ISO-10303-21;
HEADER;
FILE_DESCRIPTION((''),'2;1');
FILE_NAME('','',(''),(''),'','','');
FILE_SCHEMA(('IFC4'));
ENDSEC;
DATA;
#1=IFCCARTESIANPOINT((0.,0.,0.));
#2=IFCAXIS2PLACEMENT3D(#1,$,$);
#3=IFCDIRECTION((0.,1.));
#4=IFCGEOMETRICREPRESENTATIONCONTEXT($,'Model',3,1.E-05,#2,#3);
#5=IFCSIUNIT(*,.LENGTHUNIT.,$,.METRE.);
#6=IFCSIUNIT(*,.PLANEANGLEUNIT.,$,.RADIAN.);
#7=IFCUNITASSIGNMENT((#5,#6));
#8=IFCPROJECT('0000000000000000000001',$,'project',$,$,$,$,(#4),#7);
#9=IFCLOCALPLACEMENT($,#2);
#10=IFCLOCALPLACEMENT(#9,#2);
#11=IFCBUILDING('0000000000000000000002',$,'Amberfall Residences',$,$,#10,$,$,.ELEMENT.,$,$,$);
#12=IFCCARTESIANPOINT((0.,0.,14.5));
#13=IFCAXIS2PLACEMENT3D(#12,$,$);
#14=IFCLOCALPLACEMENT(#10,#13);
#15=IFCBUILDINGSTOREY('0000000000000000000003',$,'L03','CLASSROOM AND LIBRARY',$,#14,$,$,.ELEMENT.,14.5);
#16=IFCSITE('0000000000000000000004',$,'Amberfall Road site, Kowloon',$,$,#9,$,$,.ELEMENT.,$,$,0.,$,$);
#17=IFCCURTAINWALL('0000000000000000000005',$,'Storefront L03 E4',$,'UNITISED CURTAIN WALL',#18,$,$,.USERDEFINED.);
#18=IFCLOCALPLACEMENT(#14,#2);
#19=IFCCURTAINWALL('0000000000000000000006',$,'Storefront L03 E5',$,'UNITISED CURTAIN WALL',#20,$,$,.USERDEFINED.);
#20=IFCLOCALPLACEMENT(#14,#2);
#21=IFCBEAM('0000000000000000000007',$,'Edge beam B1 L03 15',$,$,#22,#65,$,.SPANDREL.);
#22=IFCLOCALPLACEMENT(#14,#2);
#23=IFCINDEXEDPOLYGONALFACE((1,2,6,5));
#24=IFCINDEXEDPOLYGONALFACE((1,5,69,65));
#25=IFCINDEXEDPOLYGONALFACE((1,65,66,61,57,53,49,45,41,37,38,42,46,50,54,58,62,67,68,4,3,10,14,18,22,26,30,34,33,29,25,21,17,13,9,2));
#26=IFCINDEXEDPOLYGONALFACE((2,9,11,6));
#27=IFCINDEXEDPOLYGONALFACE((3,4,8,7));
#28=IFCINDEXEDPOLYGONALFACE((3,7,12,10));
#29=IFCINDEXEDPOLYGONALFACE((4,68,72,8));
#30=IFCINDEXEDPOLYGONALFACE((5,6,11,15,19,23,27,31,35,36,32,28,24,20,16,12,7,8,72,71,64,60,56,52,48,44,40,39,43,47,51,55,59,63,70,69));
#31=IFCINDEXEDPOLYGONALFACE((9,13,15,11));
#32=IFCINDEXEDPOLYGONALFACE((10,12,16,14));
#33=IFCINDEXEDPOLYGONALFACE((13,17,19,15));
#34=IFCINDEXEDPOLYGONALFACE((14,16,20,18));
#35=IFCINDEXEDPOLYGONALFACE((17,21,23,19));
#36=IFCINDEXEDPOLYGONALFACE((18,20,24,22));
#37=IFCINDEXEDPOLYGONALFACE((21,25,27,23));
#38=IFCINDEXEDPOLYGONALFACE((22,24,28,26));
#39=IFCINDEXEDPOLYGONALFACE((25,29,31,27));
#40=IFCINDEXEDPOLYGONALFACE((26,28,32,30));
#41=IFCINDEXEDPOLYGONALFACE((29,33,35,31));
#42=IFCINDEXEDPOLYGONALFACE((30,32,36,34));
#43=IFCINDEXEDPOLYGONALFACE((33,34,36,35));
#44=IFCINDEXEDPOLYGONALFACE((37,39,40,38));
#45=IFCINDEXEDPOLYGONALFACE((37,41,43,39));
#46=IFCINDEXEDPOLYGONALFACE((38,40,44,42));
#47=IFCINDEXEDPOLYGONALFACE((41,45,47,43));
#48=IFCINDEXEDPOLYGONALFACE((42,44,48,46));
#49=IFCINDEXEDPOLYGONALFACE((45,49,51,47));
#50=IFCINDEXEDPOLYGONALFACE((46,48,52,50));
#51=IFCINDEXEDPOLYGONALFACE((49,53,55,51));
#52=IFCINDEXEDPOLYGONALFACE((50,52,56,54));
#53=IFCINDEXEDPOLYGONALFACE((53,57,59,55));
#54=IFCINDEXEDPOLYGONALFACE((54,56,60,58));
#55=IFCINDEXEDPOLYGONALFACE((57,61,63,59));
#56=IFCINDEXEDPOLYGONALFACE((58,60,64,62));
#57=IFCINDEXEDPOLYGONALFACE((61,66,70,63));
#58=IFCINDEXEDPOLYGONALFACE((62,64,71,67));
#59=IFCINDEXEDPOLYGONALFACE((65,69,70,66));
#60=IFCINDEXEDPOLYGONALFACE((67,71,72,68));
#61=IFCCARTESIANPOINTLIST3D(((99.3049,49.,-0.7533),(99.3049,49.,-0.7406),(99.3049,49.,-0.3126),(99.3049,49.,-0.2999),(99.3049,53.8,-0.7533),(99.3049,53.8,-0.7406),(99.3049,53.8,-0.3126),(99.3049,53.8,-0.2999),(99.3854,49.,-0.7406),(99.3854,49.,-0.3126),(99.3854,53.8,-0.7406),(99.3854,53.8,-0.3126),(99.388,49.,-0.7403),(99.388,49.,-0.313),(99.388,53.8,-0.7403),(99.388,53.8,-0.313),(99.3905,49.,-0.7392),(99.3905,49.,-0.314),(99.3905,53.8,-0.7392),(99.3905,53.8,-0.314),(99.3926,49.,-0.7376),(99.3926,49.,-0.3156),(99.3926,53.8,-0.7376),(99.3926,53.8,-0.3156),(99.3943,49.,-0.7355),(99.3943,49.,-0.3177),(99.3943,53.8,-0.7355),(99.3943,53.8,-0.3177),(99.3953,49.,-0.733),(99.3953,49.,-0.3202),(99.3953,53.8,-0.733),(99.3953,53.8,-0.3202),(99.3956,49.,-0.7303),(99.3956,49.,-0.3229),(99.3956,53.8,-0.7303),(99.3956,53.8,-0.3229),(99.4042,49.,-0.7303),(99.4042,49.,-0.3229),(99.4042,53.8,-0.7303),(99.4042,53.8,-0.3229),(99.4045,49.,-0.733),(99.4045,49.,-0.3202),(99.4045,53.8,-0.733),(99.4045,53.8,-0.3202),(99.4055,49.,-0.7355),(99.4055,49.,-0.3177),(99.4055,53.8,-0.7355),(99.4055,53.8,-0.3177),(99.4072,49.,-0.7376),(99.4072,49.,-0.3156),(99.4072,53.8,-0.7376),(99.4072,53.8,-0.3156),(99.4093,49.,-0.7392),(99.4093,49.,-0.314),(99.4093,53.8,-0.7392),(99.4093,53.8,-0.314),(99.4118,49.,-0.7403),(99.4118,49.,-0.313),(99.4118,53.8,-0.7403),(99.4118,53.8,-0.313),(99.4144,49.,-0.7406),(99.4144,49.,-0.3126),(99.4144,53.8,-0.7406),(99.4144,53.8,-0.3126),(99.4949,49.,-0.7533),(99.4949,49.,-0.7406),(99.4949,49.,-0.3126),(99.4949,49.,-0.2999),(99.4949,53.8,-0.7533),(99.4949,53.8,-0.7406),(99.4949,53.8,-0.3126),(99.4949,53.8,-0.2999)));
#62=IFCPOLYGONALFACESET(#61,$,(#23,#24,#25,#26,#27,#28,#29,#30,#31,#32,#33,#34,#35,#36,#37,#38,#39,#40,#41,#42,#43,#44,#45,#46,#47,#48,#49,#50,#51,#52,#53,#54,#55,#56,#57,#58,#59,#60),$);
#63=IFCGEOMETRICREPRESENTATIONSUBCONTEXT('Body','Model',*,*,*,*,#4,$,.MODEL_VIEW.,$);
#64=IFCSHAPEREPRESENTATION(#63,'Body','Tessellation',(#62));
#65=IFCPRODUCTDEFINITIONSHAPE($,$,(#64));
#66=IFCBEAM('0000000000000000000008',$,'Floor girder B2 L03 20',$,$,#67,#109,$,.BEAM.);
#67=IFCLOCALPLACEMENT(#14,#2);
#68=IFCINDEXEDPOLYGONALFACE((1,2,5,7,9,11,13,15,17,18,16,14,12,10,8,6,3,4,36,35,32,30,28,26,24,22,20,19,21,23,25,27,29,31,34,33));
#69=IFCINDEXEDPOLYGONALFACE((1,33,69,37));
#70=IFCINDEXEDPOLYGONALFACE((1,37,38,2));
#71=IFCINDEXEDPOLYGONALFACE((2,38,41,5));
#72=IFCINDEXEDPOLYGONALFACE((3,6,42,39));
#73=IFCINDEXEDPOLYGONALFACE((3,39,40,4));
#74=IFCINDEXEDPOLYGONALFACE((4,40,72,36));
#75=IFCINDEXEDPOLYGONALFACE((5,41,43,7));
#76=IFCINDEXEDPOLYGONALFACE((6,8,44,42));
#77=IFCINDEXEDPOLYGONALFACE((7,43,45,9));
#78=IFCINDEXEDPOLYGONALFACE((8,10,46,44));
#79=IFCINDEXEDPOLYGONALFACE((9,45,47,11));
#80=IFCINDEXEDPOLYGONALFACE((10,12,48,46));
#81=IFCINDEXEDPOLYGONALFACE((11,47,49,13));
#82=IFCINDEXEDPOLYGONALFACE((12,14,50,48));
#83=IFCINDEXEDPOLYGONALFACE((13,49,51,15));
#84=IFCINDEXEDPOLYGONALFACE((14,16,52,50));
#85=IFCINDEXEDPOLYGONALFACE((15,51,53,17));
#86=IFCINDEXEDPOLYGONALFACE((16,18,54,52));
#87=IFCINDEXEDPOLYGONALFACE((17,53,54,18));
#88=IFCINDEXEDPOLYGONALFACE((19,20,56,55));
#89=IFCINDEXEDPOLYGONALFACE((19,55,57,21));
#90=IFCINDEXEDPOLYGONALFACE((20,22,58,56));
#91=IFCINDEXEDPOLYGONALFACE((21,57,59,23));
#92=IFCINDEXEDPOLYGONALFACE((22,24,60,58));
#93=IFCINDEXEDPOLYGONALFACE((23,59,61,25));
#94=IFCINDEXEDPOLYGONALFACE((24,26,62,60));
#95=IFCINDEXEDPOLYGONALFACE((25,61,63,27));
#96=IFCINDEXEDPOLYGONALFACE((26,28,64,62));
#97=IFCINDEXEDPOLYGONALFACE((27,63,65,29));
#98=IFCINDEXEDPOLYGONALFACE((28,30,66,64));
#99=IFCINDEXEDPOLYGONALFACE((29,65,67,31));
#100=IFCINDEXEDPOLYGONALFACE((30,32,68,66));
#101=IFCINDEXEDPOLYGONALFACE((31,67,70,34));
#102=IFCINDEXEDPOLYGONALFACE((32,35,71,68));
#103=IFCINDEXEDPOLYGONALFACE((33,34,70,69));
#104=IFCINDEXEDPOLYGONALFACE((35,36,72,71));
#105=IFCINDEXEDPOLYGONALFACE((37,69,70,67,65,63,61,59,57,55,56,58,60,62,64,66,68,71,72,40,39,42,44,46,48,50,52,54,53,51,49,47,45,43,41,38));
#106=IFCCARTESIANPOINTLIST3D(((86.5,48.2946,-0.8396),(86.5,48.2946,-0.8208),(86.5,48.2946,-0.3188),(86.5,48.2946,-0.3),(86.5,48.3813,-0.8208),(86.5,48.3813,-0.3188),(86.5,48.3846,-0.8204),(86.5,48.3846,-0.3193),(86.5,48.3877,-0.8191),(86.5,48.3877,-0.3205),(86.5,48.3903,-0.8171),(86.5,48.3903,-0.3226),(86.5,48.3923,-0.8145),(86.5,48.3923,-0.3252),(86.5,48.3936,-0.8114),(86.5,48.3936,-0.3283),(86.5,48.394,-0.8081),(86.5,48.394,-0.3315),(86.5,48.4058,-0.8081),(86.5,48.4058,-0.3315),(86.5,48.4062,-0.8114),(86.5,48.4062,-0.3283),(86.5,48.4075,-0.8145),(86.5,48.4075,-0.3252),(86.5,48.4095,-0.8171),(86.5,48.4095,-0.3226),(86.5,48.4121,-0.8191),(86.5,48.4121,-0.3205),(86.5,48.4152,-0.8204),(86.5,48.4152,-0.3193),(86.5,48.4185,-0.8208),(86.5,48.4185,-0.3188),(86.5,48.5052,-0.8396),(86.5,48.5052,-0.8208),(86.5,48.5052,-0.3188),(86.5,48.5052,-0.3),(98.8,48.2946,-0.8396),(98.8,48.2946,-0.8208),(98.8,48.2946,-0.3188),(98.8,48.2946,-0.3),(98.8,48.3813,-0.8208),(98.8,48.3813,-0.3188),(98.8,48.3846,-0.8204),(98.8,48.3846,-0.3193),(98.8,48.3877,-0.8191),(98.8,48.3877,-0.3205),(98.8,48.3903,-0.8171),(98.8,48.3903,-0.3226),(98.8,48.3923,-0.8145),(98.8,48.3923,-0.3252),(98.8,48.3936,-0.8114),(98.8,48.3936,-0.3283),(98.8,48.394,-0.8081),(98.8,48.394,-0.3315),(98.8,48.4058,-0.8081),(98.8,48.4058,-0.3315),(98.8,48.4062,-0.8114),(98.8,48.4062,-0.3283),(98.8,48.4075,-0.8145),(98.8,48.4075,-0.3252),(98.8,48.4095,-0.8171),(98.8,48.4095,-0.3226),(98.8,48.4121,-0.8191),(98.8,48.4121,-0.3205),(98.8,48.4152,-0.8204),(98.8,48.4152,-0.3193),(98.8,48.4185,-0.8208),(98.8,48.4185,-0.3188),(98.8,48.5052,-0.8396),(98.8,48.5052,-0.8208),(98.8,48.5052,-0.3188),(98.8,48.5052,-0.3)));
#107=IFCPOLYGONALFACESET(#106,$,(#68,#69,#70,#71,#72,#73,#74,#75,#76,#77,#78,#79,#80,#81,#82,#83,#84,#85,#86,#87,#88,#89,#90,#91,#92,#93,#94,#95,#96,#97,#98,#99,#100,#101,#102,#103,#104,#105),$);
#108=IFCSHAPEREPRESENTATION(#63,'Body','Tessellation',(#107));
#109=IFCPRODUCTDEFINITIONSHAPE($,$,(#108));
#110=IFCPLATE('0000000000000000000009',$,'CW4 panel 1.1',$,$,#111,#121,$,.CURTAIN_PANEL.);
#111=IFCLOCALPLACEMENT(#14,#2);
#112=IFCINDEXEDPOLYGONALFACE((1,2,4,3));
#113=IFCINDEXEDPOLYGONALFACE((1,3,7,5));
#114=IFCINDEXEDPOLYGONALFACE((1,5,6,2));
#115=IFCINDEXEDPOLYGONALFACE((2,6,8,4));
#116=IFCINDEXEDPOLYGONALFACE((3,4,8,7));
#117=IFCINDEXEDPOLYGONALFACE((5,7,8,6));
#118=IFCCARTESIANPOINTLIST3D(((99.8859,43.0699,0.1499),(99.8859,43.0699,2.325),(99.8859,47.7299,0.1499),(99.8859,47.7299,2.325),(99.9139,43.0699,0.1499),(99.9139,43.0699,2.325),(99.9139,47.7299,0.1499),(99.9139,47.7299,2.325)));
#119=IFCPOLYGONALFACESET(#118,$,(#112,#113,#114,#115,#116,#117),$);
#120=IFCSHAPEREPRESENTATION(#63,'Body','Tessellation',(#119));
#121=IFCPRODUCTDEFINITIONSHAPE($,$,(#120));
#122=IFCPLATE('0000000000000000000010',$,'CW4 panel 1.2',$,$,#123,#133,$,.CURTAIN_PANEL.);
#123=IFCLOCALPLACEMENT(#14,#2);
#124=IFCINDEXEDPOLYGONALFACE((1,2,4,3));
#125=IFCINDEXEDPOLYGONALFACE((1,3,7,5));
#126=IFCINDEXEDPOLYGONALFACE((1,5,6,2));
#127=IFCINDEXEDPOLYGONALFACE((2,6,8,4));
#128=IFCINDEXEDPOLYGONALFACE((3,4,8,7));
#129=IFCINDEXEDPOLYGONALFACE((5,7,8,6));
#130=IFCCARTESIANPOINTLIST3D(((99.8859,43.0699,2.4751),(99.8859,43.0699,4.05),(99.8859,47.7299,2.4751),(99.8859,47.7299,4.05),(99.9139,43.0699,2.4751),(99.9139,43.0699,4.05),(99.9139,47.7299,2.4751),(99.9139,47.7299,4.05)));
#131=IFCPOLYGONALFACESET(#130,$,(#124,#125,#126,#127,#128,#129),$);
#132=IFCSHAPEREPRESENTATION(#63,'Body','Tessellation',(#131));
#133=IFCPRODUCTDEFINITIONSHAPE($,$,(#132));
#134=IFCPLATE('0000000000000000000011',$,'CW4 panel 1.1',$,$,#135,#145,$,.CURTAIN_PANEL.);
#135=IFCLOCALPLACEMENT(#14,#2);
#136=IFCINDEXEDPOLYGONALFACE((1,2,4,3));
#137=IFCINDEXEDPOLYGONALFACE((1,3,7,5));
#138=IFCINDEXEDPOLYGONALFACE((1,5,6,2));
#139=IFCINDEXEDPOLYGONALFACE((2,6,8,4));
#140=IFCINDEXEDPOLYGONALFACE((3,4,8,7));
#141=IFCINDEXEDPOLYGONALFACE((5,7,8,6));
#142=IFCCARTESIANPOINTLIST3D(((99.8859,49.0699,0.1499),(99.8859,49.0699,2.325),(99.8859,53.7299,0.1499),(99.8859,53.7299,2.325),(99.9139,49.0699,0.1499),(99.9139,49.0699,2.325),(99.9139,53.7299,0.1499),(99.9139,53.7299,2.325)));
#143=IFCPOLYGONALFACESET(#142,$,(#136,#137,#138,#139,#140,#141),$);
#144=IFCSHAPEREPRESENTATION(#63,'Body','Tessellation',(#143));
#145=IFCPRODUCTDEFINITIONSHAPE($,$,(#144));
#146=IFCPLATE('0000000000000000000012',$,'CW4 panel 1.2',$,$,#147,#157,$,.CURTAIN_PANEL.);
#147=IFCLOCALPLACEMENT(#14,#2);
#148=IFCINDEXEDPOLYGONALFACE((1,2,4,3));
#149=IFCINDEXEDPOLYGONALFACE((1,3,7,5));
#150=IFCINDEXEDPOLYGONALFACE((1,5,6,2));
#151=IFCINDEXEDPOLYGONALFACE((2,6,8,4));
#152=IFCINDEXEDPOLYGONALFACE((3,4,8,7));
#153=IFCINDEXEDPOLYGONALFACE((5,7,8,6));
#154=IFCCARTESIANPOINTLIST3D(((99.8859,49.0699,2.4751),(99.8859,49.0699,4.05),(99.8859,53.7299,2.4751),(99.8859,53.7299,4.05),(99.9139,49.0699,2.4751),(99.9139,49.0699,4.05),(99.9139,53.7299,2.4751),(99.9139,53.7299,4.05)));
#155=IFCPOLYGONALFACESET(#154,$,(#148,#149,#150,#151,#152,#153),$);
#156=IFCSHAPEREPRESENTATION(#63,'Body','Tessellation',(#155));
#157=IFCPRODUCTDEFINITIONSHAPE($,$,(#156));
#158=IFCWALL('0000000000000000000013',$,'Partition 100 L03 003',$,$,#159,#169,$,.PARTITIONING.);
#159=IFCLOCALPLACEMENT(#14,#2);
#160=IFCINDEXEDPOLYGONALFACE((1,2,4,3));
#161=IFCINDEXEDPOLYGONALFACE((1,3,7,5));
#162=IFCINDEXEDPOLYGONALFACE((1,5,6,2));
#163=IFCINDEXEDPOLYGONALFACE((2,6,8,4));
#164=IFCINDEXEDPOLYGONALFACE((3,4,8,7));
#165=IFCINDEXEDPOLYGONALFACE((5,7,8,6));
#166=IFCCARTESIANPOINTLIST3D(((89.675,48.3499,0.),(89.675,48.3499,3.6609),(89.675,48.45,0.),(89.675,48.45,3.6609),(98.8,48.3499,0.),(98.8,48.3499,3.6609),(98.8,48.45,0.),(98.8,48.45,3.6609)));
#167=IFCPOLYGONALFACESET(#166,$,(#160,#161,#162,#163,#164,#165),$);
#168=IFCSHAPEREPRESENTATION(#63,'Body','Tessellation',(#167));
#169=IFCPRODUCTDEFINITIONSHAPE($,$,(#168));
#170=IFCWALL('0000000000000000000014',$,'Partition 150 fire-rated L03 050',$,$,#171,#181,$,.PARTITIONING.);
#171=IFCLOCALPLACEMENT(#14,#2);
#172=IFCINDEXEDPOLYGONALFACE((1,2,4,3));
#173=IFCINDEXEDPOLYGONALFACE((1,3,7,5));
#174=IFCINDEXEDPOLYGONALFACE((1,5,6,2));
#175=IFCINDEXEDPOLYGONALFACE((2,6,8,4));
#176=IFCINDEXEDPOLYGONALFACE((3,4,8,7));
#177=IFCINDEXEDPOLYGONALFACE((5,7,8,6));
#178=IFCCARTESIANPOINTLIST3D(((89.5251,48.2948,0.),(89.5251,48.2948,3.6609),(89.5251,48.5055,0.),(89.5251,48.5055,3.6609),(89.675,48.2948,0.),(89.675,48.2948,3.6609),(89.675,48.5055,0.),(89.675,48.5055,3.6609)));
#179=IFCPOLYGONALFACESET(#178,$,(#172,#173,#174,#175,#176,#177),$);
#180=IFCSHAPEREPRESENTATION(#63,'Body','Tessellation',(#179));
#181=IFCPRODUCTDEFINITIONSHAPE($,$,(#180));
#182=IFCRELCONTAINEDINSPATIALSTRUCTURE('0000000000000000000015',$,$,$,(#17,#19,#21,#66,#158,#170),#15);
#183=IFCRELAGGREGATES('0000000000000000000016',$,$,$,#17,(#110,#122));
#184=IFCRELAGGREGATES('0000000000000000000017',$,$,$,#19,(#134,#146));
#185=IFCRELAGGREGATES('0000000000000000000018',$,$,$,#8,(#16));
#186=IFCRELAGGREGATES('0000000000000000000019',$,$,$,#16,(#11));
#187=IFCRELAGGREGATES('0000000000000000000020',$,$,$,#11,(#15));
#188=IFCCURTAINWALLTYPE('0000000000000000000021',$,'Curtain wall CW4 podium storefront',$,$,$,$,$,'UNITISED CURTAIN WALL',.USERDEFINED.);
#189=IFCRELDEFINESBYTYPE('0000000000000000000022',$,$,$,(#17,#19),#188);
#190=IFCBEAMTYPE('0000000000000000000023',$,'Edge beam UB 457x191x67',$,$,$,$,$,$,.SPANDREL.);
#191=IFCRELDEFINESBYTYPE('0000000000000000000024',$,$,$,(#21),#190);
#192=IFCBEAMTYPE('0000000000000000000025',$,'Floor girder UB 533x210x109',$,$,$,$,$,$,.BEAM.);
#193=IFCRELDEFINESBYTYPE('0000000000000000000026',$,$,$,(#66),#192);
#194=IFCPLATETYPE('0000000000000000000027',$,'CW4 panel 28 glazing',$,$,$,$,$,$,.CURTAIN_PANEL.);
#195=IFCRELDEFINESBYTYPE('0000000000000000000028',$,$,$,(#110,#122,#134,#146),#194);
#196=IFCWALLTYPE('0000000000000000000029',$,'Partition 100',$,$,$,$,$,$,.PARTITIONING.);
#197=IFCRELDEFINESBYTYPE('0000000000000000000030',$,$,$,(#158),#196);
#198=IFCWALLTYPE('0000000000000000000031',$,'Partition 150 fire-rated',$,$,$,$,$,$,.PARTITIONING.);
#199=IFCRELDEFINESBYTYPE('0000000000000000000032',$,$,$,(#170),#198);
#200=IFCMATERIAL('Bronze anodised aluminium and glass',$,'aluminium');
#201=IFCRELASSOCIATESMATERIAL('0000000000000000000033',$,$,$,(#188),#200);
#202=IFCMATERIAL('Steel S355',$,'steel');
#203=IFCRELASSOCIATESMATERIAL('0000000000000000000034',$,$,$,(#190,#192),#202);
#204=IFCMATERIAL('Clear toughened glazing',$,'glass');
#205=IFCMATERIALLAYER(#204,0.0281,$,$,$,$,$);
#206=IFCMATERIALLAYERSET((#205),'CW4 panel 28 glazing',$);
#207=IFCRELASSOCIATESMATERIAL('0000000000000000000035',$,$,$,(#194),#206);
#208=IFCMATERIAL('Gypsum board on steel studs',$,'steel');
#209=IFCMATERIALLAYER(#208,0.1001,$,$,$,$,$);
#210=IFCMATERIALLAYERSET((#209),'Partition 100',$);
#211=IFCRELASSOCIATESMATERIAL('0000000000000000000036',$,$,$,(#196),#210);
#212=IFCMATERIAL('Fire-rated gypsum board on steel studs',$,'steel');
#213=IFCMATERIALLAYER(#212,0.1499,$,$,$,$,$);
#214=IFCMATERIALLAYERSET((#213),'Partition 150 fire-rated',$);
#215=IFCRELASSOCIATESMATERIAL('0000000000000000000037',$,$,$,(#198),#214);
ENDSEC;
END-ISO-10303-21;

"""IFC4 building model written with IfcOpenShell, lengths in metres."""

from ifc_helpers import new_model, si_unit, direction, frame, frame_2d, origin, origin_2d, place, context, subcontext, project, spatial, rectangle, i_section, extrude, material, layer, layer_set, material_profile, profile_set, type_object, element, aggregate, save


model = new_model("IFC4")

# Units and contexts
model_context = context("Model", 3, precision=1e-05, world=origin(), true_north=direction((0.0, 1.0)))
body_context = subcontext(model_context, "Body", "Model", "MODEL_VIEW")
ifc_project = project(units=[si_unit("LENGTHUNIT", "METRE"), si_unit("PLANEANGLEUNIT", "RADIAN")], contexts=[model_context])

# Site, building, storey
site_placement = place(None, origin())
site = spatial("IfcSite", under=ifc_project, at=site_placement, Name="Amberfall Road site, Kowloon", CompositionType="ELEMENT", RefElevation=0.0)
building_placement = place(site_placement, origin())
building = spatial("IfcBuilding", under=site, at=building_placement, Name="Amberfall Residences", CompositionType="ELEMENT")
storey_placement = place(building_placement, frame((0.0, 0.0, 14.5)))
storey = spatial("IfcBuildingStorey", under=building, at=storey_placement, Name="L03", Description="CLASSROOM AND LIBRARY", CompositionType="ELEMENT", Elevation=14.5)

# Curtain wall
ifc_material_1 = material(Name="Bronze anodised aluminium and glass", Category="aluminium")
curtain_wall_type = type_object("IfcCurtainWallType", Name="Curtain wall CW4 podium storefront", ElementType="UNITISED CURTAIN WALL", PredefinedType="USERDEFINED", material=ifc_material_1)
curtain_wall_1_placement = place(storey_placement, origin())
curtain_wall_1 = element("IfcCurtainWall", 1, at=curtain_wall_1_placement, inside=storey, type_object=curtain_wall_type, Name="Storefront L03 E4", ObjectType="UNITISED CURTAIN WALL", PredefinedType="USERDEFINED")

# Curtain wall
curtain_wall_2_placement = place(storey_placement, origin())
curtain_wall_2 = element("IfcCurtainWall", 2, at=curtain_wall_2_placement, inside=storey, type_object=curtain_wall_type, Name="Storefront L03 E5", ObjectType="UNITISED CURTAIN WALL", PredefinedType="USERDEFINED")

# Beams
ifc_material_2 = material(Name="Steel S355", Category="steel")
ifc_material_profile_1 = material_profile(ifc_material_2, i_section(OverallWidth=0.1899, OverallDepth=0.4534, WebThickness=0.0085, FlangeThickness=0.0127, FilletRadius=0.0103, at=origin_2d()), Name="UB 457x191x67")
ifc_profile_set_1 = profile_set([ifc_material_profile_1], Name="Steel S355")
beam_type_1 = type_object("IfcBeamType", Name="Edge beam UB 457x191x67", PredefinedType="SPANDREL", material=ifc_profile_set_1)
for number, where, z_axis, x_axis, name in (
    (3, (99.3999, 49.0, -0.5266), (0.0, 1.0, 0.0), (-1.0, 0.0, 0.0), "Edge beam B1 L03 15"),
):
    element("IfcBeam", number, at=place(storey_placement, frame(where, z_axis=z_axis, x_axis=x_axis)), inside=storey, type_object=beam_type_1, Name=name, PredefinedType="SPANDREL", context=body_context, shape_type="SweptSolid", body=[
        extrude(i_section(OverallWidth=0.1899, OverallDepth=0.4534, WebThickness=0.0085, FlangeThickness=0.0127, FilletRadius=0.0103, at=origin_2d()), origin(), (0.0, 0.0, 1.0), 4.8),
    ])
ifc_material_profile_2 = material_profile(ifc_material_2, i_section(OverallWidth=0.2107, OverallDepth=0.5396, WebThickness=0.0117, FlangeThickness=0.0188, FilletRadius=0.0127, at=origin_2d()), Name="UB 533x210x109")
ifc_profile_set_2 = profile_set([ifc_material_profile_2], Name="Steel S355")
beam_type_2 = type_object("IfcBeamType", Name="Floor girder UB 533x210x109", PredefinedType="BEAM", material=ifc_profile_set_2)
beam_placement = place(storey_placement, frame((98.8, 48.3999, -0.5698), z_axis=(-1.0, 0.0, 0.0), x_axis=(0.0, -1.0, 0.0)))
element("IfcBeam", 4, at=beam_placement, inside=storey, type_object=beam_type_2, Name="Floor girder B2 L03 20", PredefinedType="BEAM", context=body_context, shape_type="SweptSolid", body=[
    extrude(i_section(OverallWidth=0.2107, OverallDepth=0.5396, WebThickness=0.0117, FlangeThickness=0.0188, FilletRadius=0.0127, at=origin_2d()), origin(), (0.0, 0.0, 1.0), 12.3),
])

# Plates
ifc_material_3 = material(Name="Clear toughened glazing", Category="glass")
ifc_layer_1 = layer(ifc_material_3, 0.0281)
ifc_layer_set_1 = layer_set([ifc_layer_1], Name="CW4 panel 28 glazing")
plate_type = type_object("IfcPlateType", Name="CW4 panel 28 glazing", PredefinedType="CURTAIN_PANEL", material=ifc_layer_set_1)
plate_1_placement = place(storey_placement, frame((99.8999, 45.3999, 0.1499), z_axis=(0.0, 0.0, 1.0), x_axis=(0.0, 1.0, 0.0)))
plate_1 = element("IfcPlate", 5, at=plate_1_placement, type_object=plate_type, Name="CW4 panel 1.1", PredefinedType="CURTAIN_PANEL", context=body_context, shape_type="SweptSolid", body=[
    extrude(rectangle(XDim=4.6599, YDim=0.0281, at=origin_2d()), origin(), (0.0, 0.0, 1.0), 2.175),
])
plate_2_placement = place(storey_placement, frame((99.8999, 45.3999, 2.4751), z_axis=(0.0, 0.0, 1.0), x_axis=(0.0, 1.0, 0.0)))
plate_2 = element("IfcPlate", 6, at=plate_2_placement, type_object=plate_type, Name="CW4 panel 1.2", PredefinedType="CURTAIN_PANEL", context=body_context, shape_type="SweptSolid", body=[
    extrude(rectangle(XDim=4.6599, YDim=0.0281, at=origin_2d()), origin(), (0.0, 0.0, 1.0), 1.575),
])
aggregate(curtain_wall_1, [plate_1, plate_2])
plate_3_placement = place(storey_placement, frame((99.8999, 51.3999, 0.1499), z_axis=(0.0, 0.0, 1.0), x_axis=(0.0, 1.0, 0.0)))
plate_3 = element("IfcPlate", 7, at=plate_3_placement, type_object=plate_type, Name="CW4 panel 1.1", PredefinedType="CURTAIN_PANEL", context=body_context, shape_type="SweptSolid", body=[
    extrude(rectangle(XDim=4.6599, YDim=0.0281, at=origin_2d()), origin(), (0.0, 0.0, 1.0), 2.175),
])
plate_4_placement = place(storey_placement, frame((99.8999, 51.3999, 2.4751), z_axis=(0.0, 0.0, 1.0), x_axis=(0.0, 1.0, 0.0)))
plate_4 = element("IfcPlate", 8, at=plate_4_placement, type_object=plate_type, Name="CW4 panel 1.2", PredefinedType="CURTAIN_PANEL", context=body_context, shape_type="SweptSolid", body=[
    extrude(rectangle(XDim=4.6599, YDim=0.0281, at=origin_2d()), origin(), (0.0, 0.0, 1.0), 1.575),
])
aggregate(curtain_wall_2, [plate_3, plate_4])

# Walls
ifc_material_4 = material(Name="Gypsum board on steel studs", Category="steel")
ifc_layer_2 = layer(ifc_material_4, 0.1001)
ifc_layer_set_2 = layer_set([ifc_layer_2], Name="Partition 100")
wall_type_1 = type_object("IfcWallType", Name="Partition 100", PredefinedType="PARTITIONING", material=ifc_layer_set_2)
wall_1_placement = place(storey_placement, frame((89.675, 48.3999, 0.0), z_axis=(0.0, 0.0, 1.0), x_axis=(1.0, 0.0, 0.0)))
element("IfcWall", 9, at=wall_1_placement, inside=storey, type_object=wall_type_1, Name="Partition 100 L03 003", PredefinedType="PARTITIONING", context=body_context, shape_type="SweptSolid", body=[
    extrude(rectangle(XDim=9.125, YDim=0.1001, at=frame_2d((4.5625, 0.0))), origin(), (0.0, 0.0, 1.0), 3.6609),
])
ifc_material_5 = material(Name="Fire-rated gypsum board on steel studs", Category="steel")
ifc_layer_3 = layer(ifc_material_5, 0.1499)
ifc_layer_set_3 = layer_set([ifc_layer_3], Name="Partition 150 fire-rated")
wall_type_2 = type_object("IfcWallType", Name="Partition 150 fire-rated", PredefinedType="PARTITIONING", material=ifc_layer_set_3)
wall_2_placement = place(storey_placement, frame((89.6001, 48.2947, 0.0), z_axis=(0.0, 0.0, 1.0), x_axis=(0.0, 1.0, 0.0)))
element("IfcWall", 10, at=wall_2_placement, inside=storey, type_object=wall_type_2, Name="Partition 150 fire-rated L03 050", PredefinedType="PARTITIONING", context=body_context, shape_type="SweptSolid", body=[
    extrude(rectangle(XDim=0.2107, YDim=0.1499, at=frame_2d((0.1055, 0.0))), origin(), (0.0, 0.0, 1.0), 3.6609),
])

save(model, "model.ifc")
